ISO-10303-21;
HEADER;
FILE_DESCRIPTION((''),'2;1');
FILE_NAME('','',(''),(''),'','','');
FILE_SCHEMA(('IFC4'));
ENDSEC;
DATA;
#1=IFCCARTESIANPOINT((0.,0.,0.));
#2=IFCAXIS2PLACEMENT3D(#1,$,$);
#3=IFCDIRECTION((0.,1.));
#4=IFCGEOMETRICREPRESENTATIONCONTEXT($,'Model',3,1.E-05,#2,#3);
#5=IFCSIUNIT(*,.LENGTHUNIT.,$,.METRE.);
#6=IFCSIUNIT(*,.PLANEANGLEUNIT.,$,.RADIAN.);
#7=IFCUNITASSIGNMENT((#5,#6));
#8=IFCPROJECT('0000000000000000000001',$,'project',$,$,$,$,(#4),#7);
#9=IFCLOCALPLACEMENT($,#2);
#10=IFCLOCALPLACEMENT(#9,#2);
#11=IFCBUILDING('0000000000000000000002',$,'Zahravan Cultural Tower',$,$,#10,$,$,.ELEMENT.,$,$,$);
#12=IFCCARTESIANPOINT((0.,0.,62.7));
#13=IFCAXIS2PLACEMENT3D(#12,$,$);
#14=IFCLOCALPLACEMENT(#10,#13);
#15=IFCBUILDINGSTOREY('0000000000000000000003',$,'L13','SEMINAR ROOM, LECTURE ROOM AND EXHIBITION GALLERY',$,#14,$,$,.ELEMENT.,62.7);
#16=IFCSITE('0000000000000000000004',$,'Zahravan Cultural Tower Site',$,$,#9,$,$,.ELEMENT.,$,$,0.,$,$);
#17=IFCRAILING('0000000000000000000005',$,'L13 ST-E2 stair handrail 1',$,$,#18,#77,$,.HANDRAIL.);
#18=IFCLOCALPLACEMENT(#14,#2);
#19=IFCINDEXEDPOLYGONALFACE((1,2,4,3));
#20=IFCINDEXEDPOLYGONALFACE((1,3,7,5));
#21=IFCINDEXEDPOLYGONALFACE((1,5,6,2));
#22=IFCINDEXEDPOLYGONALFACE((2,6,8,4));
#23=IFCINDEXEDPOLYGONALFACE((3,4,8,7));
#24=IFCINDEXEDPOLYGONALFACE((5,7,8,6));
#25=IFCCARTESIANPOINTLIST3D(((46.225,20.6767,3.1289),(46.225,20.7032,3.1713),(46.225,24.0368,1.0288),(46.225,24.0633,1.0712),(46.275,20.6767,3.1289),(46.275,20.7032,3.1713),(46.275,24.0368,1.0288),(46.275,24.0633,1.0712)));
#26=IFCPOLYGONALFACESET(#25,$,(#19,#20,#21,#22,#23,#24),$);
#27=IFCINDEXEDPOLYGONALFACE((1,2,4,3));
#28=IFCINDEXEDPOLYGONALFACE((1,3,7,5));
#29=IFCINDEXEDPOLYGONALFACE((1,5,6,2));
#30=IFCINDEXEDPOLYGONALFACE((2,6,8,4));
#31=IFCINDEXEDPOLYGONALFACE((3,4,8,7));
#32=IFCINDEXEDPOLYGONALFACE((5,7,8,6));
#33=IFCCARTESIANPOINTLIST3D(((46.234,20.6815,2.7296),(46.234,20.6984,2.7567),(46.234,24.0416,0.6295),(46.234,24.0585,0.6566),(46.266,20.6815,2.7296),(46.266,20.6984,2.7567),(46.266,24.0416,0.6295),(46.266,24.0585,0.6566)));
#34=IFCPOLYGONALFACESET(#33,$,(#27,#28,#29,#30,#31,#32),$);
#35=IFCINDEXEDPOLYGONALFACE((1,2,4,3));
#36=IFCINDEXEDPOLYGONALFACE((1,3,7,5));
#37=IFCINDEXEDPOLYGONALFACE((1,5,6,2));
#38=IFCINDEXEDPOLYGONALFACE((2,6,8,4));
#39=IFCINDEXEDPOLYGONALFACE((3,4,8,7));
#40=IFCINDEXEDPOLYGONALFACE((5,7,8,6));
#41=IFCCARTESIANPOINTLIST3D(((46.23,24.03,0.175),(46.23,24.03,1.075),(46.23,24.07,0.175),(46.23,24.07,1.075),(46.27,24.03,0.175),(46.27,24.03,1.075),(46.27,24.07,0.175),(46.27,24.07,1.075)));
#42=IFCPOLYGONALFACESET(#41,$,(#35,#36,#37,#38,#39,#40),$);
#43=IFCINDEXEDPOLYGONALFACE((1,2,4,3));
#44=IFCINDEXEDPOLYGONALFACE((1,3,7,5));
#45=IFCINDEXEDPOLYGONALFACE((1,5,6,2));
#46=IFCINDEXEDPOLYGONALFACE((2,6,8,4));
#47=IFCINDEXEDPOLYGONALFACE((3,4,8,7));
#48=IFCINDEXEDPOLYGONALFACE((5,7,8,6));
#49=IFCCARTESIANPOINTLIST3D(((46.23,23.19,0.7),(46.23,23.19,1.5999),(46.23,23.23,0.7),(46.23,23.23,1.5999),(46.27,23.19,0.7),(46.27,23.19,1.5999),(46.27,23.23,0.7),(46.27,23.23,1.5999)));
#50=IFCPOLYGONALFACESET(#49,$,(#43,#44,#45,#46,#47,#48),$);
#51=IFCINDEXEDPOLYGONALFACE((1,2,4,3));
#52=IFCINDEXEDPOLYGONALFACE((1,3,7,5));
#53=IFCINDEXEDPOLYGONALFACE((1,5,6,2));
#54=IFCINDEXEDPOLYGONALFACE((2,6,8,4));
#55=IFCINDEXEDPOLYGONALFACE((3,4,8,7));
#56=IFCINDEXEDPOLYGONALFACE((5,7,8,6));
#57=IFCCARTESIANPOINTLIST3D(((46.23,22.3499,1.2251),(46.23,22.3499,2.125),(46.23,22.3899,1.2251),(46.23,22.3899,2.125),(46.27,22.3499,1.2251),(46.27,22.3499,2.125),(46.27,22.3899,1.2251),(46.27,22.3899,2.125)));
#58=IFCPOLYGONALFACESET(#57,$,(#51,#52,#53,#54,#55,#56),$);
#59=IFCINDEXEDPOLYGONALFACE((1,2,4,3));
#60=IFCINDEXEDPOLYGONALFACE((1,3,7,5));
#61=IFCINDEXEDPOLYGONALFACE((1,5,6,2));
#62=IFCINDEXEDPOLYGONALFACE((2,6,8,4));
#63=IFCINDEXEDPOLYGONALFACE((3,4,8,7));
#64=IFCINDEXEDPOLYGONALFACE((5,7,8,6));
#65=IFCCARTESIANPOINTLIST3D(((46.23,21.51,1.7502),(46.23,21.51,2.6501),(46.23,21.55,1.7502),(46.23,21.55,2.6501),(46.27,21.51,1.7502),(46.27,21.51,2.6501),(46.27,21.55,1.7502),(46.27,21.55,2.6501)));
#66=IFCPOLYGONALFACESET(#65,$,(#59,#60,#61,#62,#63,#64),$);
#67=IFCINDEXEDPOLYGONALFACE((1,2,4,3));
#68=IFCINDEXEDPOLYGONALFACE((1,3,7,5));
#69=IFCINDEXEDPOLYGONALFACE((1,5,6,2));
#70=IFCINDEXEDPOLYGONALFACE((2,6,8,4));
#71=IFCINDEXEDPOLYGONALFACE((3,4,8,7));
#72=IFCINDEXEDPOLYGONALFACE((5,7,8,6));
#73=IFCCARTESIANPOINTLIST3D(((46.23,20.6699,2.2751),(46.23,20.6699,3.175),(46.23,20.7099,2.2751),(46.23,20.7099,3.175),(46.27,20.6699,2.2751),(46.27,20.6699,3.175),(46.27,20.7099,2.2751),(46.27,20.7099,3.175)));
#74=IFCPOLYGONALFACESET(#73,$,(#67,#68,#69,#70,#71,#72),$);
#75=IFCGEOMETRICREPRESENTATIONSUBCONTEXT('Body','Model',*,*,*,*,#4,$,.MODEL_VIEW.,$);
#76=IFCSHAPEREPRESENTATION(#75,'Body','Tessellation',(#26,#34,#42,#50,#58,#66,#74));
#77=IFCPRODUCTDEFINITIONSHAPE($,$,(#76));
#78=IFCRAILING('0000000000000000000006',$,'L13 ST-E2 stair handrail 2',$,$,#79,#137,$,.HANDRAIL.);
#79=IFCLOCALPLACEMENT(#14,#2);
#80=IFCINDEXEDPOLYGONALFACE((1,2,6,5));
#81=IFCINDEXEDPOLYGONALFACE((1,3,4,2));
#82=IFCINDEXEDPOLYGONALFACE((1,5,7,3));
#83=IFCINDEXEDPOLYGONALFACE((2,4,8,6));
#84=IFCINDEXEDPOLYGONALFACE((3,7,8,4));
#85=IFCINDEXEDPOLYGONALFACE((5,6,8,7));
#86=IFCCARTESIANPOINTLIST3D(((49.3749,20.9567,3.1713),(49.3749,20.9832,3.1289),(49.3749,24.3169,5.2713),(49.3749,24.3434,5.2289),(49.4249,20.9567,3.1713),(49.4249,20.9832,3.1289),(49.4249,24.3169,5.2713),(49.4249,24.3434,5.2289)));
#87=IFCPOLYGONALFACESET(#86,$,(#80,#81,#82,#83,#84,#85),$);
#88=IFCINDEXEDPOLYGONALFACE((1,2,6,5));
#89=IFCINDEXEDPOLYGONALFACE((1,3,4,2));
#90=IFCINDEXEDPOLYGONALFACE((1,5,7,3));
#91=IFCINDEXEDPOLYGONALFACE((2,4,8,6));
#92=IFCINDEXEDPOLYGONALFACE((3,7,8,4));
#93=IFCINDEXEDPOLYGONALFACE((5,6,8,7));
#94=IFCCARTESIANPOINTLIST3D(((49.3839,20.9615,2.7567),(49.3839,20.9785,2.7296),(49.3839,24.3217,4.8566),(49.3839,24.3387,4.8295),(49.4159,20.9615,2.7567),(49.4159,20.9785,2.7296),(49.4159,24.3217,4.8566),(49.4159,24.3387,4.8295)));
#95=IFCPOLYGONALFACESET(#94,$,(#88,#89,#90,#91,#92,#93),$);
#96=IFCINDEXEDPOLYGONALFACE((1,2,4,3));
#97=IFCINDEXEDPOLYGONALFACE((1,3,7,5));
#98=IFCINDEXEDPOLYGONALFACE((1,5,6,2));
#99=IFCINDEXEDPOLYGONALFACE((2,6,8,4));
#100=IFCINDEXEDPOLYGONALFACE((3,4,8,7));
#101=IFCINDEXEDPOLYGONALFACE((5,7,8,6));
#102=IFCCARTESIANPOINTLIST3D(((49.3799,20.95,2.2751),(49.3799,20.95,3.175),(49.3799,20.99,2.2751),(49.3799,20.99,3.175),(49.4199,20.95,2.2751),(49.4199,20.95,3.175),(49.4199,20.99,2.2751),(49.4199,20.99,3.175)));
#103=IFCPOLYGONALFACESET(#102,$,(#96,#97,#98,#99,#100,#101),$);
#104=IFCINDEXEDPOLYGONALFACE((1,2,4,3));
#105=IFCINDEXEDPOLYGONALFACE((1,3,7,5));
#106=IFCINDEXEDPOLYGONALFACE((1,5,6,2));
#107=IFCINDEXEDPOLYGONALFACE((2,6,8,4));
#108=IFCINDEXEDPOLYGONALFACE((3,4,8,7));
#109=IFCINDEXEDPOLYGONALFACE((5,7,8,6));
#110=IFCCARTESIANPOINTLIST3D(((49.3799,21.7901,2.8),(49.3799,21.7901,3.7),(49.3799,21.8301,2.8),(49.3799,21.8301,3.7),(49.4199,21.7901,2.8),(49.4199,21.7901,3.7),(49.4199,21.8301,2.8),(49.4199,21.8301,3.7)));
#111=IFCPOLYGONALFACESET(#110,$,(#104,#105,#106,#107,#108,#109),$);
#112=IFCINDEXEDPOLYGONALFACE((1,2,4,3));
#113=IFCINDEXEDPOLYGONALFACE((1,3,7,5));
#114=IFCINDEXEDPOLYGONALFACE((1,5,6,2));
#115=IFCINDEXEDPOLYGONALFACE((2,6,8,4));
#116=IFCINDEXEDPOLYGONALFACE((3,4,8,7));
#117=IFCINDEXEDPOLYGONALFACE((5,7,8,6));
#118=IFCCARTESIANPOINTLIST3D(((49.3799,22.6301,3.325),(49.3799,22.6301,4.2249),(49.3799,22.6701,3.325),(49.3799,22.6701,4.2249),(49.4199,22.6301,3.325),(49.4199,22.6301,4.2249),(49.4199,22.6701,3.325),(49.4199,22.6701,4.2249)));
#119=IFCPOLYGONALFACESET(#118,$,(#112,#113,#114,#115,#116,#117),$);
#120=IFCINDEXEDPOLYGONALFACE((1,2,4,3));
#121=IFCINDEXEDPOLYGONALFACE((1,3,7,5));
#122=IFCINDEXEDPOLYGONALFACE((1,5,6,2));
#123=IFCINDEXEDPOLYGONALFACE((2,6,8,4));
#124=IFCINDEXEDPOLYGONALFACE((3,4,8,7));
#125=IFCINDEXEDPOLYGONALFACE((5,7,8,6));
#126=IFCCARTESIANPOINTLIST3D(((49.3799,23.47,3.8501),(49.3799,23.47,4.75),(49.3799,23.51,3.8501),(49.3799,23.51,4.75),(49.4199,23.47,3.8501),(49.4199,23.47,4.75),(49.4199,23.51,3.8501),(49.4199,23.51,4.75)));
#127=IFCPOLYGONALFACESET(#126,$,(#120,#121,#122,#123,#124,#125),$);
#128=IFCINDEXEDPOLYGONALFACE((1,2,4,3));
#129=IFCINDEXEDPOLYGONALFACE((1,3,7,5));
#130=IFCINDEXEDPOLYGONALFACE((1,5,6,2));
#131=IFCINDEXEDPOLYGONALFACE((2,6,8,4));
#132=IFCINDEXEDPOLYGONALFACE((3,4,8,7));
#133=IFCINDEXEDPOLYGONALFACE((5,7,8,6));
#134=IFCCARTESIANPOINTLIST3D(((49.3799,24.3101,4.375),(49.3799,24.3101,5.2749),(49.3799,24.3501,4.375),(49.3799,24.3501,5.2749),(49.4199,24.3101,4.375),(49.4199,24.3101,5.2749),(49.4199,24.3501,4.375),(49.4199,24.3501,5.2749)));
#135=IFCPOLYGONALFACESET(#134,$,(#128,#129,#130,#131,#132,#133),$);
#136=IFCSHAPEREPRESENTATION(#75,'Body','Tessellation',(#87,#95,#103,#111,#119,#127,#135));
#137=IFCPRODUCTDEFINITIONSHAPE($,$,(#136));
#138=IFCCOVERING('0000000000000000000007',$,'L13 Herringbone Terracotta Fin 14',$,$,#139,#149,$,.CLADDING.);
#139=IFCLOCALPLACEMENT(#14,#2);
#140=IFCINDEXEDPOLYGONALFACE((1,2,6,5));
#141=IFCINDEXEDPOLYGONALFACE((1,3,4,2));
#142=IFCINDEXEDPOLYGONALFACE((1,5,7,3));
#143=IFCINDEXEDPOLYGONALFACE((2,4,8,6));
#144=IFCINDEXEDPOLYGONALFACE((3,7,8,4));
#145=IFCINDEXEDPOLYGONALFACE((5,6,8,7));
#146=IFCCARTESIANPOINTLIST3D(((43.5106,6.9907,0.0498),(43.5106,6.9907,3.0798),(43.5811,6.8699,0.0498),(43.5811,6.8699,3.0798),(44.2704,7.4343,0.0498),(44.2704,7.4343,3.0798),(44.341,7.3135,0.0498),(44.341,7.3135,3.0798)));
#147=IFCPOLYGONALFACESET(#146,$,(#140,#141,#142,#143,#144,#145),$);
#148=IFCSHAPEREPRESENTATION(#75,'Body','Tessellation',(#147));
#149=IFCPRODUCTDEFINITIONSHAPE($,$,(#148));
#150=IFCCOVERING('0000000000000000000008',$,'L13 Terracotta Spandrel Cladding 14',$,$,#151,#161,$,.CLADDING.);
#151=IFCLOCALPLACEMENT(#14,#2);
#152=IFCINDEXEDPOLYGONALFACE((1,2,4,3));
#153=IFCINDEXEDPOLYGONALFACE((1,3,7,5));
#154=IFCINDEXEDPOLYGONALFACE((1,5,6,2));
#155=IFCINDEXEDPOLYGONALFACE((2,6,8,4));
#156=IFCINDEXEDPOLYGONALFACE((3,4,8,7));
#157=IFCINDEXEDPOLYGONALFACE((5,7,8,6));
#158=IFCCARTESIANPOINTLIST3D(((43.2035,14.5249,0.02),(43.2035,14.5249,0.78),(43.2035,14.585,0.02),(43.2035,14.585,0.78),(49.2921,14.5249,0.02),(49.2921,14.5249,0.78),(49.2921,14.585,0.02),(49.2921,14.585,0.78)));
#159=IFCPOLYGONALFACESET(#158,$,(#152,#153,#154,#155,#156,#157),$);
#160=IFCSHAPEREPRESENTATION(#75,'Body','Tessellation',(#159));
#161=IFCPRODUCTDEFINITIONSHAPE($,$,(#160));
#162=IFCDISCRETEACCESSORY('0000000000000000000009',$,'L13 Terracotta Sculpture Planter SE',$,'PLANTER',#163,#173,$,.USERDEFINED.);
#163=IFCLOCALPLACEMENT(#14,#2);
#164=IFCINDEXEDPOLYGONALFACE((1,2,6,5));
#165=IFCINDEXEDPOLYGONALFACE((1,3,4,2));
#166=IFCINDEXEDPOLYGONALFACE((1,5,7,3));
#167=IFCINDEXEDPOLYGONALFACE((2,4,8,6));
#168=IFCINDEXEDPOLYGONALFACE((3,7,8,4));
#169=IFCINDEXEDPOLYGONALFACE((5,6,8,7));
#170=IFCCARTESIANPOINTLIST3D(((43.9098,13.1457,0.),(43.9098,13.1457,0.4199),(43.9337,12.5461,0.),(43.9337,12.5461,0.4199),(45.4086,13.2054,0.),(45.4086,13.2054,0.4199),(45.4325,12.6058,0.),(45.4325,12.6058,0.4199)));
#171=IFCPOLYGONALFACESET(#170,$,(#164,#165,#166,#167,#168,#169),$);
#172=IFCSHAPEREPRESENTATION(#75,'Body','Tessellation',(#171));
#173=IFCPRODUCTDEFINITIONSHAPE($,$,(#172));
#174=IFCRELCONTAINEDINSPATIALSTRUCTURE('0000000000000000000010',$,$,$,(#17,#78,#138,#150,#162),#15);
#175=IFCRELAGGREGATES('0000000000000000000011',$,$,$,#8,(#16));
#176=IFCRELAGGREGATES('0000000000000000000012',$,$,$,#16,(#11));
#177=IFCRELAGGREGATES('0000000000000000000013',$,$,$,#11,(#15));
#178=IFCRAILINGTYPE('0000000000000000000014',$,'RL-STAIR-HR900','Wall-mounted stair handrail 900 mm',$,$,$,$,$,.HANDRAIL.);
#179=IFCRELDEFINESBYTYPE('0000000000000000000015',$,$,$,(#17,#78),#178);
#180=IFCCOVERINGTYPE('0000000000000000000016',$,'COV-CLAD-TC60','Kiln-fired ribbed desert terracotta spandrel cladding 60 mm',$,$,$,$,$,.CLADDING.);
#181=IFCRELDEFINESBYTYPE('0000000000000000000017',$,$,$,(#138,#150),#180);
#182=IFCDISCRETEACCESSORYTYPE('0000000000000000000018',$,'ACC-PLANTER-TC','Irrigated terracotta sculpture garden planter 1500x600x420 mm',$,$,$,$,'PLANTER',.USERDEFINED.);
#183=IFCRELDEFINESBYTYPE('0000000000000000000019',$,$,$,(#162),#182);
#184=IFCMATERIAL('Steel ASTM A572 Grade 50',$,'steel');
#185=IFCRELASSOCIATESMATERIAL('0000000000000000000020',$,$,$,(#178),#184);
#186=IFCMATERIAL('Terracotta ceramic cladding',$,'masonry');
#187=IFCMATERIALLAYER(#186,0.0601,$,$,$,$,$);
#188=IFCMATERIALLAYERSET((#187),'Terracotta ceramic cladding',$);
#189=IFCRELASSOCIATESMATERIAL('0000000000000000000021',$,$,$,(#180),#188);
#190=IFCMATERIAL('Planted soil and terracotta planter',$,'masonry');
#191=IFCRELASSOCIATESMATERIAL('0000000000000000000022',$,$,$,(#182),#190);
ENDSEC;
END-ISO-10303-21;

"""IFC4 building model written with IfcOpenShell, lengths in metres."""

from ifc_helpers import new_model, si_unit, direction, frame, origin, origin_2d, place, context, subcontext, project, spatial, rectangle, extrude, source, transform, mapped, material, layer, layer_set, type_object, element, save


model = new_model("IFC4")

# Units and contexts
model_context = context("Model", 3, precision=1e-05, world=origin(), true_north=direction((0.0, 1.0)))
body_context = subcontext(model_context, "Body", "Model", "MODEL_VIEW")
ifc_project = project(units=[si_unit("LENGTHUNIT", "METRE"), si_unit("PLANEANGLEUNIT", "RADIAN")], contexts=[model_context])

# Site, building, storey
site_placement = place(None, origin())
site = spatial("IfcSite", under=ifc_project, at=site_placement, Name="Zahravan Cultural Tower Site", CompositionType="ELEMENT", RefElevation=0.0)
building_placement = place(site_placement, origin())
building = spatial("IfcBuilding", under=site, at=building_placement, Name="Zahravan Cultural Tower", CompositionType="ELEMENT")
storey_placement = place(building_placement, frame((0.0, 0.0, 62.7)))
storey = spatial("IfcBuildingStorey", under=building, at=storey_placement, Name="L13", Description="SEMINAR ROOM, LECTURE ROOM AND EXHIBITION GALLERY", CompositionType="ELEMENT", Elevation=62.7)

# Shared definitions
ifc_material_1 = material(Name="Steel ASTM A572 Grade 50", Category="steel")

# Railings
railing_type_1 = type_object("IfcRailingType", Name="RL-STAIR-HR900", Description="Wall-mounted stair handrail 900 mm", PredefinedType="HANDRAIL", material=ifc_material_1)
railing_1_placement = place(storey_placement, frame((46.25, 24.05, 0.175)))
element("IfcRailing", 1, at=railing_1_placement, inside=storey, type_object=railing_type_1, Name="L13 ST-E2 stair handrail 1", PredefinedType="HANDRAIL", context=body_context, shape_type="SweptSolid", body=[
    extrude(rectangle(XDim=0.05, YDim=0.05, at=origin_2d()), frame((0.0, 0.0, 0.875), z_axis=(0.0, -0.847995, 0.530004), x_axis=(1.0, 0.0, 0.0)), (0.0, 0.0, 1.0), 3.9624),
    extrude(rectangle(XDim=0.032, YDim=0.032, at=origin_2d()), frame((0.0, 0.0, 0.468), z_axis=(0.0, -0.847995, 0.530004), x_axis=(1.0, 0.0, 0.0)), (0.0, 0.0, 1.0), 3.9624),
    extrude(rectangle(XDim=0.04, YDim=0.04, at=origin_2d()), origin(), (0.0, 0.0, 1.0), 0.8999),
    extrude(rectangle(XDim=0.04, YDim=0.04, at=origin_2d()), frame((0.0, -0.8401, 0.5249)), (0.0, 0.0, 1.0), 0.8999),
    extrude(rectangle(XDim=0.04, YDim=0.04, at=origin_2d()), frame((0.0, -1.6802, 1.05)), (0.0, 0.0, 1.0), 0.8999),
    extrude(rectangle(XDim=0.04, YDim=0.04, at=origin_2d()), frame((0.0, -2.52, 1.5752)), (0.0, 0.0, 1.0), 0.8999),
    extrude(rectangle(XDim=0.04, YDim=0.04, at=origin_2d()), frame((0.0, -3.3601, 2.1001)), (0.0, 0.0, 1.0), 0.8999),
])
railing_2_placement = place(storey_placement, frame((49.3999, 20.97, 2.2751)))
element("IfcRailing", 2, at=railing_2_placement, inside=storey, type_object=railing_type_1, Name="L13 ST-E2 stair handrail 2", PredefinedType="HANDRAIL", context=body_context, shape_type="SweptSolid", body=[
    extrude(rectangle(XDim=0.05, YDim=0.05, at=origin_2d()), frame((0.0, 0.0, 0.875), z_axis=(0.0, 0.848023, 0.52996), x_axis=(-1.0, 0.0, 0.0)), (0.0, 0.0, 1.0), 3.9624),
    extrude(rectangle(XDim=0.032, YDim=0.032, at=origin_2d()), frame((0.0, 0.0, 0.468), z_axis=(0.0, 0.848023, 0.52996), x_axis=(-1.0, 0.0, 0.0)), (0.0, 0.0, 1.0), 3.9624),
    extrude(rectangle(XDim=0.04, YDim=0.04, at=origin_2d()), origin(), (0.0, 0.0, 1.0), 0.8999),
    extrude(rectangle(XDim=0.04, YDim=0.04, at=origin_2d()), frame((0.0, 0.8401, 0.5249)), (0.0, 0.0, 1.0), 0.8999),
    extrude(rectangle(XDim=0.04, YDim=0.04, at=origin_2d()), frame((0.0, 1.6802, 1.0498)), (0.0, 0.0, 1.0), 0.8999),
    extrude(rectangle(XDim=0.04, YDim=0.04, at=origin_2d()), frame((0.0, 2.52, 1.575)), (0.0, 0.0, 1.0), 0.8999),
    extrude(rectangle(XDim=0.04, YDim=0.04, at=origin_2d()), frame((0.0, 3.3601, 2.0999)), (0.0, 0.0, 1.0), 0.8999),
])

# Coverings
ifc_material_2 = material(Name="Terracotta ceramic cladding", Category="masonry")
ifc_layer_1 = layer(ifc_material_2, 0.0601)
ifc_layer_set_1 = layer_set([ifc_layer_1], Name="Terracotta ceramic cladding")
covering_type = type_object("IfcCoveringType", Name="COV-CLAD-TC60", Description="Kiln-fired ribbed desert terracotta spandrel cladding 60 mm", PredefinedType="CLADDING", material=ifc_layer_set_1)
shared_shape_1 = source(origin(), body_context, "Body", "SweptSolid", [
    extrude(rectangle(XDim=0.8799, YDim=0.1399, at=origin_2d()), origin(), (0.0, 0.0, 1.0), 3.03),
])
covering_1_placement = place(storey_placement, frame((43.9258, 7.1521, 0.0498), z_axis=(0.0, 0.0, 1.0), x_axis=(0.863572, 0.504226, 0.0)))
element("IfcCovering", 3, at=covering_1_placement, inside=storey, type_object=covering_type, Name="L13 Herringbone Terracotta Fin 14", PredefinedType="CLADDING", context=body_context, shape_type="MappedRepresentation", body=[
    mapped(shared_shape_1, transform((0.0, 0.0, 0.0), x_axis=(1.0, 0.0, 0.0), y_axis=(0.0, 1.0, 0.0), z_axis=(0.0, 0.0, 1.0), scale=1.0)),
])
shared_shape_2 = source(origin(), body_context, "Body", "SweptSolid", [
    extrude(rectangle(XDim=6.0886, YDim=0.0601, at=origin_2d()), origin(), (0.0, 0.0, 1.0), 0.76),
])
covering_2_placement = place(storey_placement, frame((46.2478, 14.5549, 0.02), z_axis=(0.0, 0.0, 1.0), x_axis=(-1.0, 0.0, 0.0)))
element("IfcCovering", 4, at=covering_2_placement, inside=storey, type_object=covering_type, Name="L13 Terracotta Spandrel Cladding 14", PredefinedType="CLADDING", context=body_context, shape_type="MappedRepresentation", body=[
    mapped(shared_shape_2, transform((0.0, 0.0, 0.0), x_axis=(1.0, 0.0, 0.0), y_axis=(0.0, 1.0, 0.0), z_axis=(0.0, 0.0, 1.0), scale=1.0)),
])

# Discrete accessory
ifc_material_3 = material(Name="Planted soil and terracotta planter", Category="masonry")
discrete_accessory_type = type_object("IfcDiscreteAccessoryType", Name="ACC-PLANTER-TC", Description="Irrigated terracotta sculpture garden planter 1500x600x420 mm", ElementType="PLANTER", PredefinedType="USERDEFINED", material=ifc_material_3)
shared_shape_3 = source(origin(), body_context, "Body", "SweptSolid", [
    extrude(rectangle(XDim=1.5, YDim=0.6001, at=origin_2d()), origin(), (0.0, 0.0, 1.0), 0.4199),
])
discrete_accessory_placement = place(storey_placement, frame((44.6711, 12.8757, 0.0), z_axis=(0.0, 0.0, 1.0), x_axis=(0.999208, 0.039783, 0.0)))
element("IfcDiscreteAccessory", 5, at=discrete_accessory_placement, inside=storey, type_object=discrete_accessory_type, Name="L13 Terracotta Sculpture Planter SE", ObjectType="PLANTER", PredefinedType="USERDEFINED", context=body_context, shape_type="MappedRepresentation", body=[
    mapped(shared_shape_3, transform((0.0, 0.0, 0.0), x_axis=(1.0, 0.0, 0.0), y_axis=(0.0, 1.0, 0.0), z_axis=(0.0, 0.0, 1.0), scale=1.0)),
])

save(model, "model.ifc")
